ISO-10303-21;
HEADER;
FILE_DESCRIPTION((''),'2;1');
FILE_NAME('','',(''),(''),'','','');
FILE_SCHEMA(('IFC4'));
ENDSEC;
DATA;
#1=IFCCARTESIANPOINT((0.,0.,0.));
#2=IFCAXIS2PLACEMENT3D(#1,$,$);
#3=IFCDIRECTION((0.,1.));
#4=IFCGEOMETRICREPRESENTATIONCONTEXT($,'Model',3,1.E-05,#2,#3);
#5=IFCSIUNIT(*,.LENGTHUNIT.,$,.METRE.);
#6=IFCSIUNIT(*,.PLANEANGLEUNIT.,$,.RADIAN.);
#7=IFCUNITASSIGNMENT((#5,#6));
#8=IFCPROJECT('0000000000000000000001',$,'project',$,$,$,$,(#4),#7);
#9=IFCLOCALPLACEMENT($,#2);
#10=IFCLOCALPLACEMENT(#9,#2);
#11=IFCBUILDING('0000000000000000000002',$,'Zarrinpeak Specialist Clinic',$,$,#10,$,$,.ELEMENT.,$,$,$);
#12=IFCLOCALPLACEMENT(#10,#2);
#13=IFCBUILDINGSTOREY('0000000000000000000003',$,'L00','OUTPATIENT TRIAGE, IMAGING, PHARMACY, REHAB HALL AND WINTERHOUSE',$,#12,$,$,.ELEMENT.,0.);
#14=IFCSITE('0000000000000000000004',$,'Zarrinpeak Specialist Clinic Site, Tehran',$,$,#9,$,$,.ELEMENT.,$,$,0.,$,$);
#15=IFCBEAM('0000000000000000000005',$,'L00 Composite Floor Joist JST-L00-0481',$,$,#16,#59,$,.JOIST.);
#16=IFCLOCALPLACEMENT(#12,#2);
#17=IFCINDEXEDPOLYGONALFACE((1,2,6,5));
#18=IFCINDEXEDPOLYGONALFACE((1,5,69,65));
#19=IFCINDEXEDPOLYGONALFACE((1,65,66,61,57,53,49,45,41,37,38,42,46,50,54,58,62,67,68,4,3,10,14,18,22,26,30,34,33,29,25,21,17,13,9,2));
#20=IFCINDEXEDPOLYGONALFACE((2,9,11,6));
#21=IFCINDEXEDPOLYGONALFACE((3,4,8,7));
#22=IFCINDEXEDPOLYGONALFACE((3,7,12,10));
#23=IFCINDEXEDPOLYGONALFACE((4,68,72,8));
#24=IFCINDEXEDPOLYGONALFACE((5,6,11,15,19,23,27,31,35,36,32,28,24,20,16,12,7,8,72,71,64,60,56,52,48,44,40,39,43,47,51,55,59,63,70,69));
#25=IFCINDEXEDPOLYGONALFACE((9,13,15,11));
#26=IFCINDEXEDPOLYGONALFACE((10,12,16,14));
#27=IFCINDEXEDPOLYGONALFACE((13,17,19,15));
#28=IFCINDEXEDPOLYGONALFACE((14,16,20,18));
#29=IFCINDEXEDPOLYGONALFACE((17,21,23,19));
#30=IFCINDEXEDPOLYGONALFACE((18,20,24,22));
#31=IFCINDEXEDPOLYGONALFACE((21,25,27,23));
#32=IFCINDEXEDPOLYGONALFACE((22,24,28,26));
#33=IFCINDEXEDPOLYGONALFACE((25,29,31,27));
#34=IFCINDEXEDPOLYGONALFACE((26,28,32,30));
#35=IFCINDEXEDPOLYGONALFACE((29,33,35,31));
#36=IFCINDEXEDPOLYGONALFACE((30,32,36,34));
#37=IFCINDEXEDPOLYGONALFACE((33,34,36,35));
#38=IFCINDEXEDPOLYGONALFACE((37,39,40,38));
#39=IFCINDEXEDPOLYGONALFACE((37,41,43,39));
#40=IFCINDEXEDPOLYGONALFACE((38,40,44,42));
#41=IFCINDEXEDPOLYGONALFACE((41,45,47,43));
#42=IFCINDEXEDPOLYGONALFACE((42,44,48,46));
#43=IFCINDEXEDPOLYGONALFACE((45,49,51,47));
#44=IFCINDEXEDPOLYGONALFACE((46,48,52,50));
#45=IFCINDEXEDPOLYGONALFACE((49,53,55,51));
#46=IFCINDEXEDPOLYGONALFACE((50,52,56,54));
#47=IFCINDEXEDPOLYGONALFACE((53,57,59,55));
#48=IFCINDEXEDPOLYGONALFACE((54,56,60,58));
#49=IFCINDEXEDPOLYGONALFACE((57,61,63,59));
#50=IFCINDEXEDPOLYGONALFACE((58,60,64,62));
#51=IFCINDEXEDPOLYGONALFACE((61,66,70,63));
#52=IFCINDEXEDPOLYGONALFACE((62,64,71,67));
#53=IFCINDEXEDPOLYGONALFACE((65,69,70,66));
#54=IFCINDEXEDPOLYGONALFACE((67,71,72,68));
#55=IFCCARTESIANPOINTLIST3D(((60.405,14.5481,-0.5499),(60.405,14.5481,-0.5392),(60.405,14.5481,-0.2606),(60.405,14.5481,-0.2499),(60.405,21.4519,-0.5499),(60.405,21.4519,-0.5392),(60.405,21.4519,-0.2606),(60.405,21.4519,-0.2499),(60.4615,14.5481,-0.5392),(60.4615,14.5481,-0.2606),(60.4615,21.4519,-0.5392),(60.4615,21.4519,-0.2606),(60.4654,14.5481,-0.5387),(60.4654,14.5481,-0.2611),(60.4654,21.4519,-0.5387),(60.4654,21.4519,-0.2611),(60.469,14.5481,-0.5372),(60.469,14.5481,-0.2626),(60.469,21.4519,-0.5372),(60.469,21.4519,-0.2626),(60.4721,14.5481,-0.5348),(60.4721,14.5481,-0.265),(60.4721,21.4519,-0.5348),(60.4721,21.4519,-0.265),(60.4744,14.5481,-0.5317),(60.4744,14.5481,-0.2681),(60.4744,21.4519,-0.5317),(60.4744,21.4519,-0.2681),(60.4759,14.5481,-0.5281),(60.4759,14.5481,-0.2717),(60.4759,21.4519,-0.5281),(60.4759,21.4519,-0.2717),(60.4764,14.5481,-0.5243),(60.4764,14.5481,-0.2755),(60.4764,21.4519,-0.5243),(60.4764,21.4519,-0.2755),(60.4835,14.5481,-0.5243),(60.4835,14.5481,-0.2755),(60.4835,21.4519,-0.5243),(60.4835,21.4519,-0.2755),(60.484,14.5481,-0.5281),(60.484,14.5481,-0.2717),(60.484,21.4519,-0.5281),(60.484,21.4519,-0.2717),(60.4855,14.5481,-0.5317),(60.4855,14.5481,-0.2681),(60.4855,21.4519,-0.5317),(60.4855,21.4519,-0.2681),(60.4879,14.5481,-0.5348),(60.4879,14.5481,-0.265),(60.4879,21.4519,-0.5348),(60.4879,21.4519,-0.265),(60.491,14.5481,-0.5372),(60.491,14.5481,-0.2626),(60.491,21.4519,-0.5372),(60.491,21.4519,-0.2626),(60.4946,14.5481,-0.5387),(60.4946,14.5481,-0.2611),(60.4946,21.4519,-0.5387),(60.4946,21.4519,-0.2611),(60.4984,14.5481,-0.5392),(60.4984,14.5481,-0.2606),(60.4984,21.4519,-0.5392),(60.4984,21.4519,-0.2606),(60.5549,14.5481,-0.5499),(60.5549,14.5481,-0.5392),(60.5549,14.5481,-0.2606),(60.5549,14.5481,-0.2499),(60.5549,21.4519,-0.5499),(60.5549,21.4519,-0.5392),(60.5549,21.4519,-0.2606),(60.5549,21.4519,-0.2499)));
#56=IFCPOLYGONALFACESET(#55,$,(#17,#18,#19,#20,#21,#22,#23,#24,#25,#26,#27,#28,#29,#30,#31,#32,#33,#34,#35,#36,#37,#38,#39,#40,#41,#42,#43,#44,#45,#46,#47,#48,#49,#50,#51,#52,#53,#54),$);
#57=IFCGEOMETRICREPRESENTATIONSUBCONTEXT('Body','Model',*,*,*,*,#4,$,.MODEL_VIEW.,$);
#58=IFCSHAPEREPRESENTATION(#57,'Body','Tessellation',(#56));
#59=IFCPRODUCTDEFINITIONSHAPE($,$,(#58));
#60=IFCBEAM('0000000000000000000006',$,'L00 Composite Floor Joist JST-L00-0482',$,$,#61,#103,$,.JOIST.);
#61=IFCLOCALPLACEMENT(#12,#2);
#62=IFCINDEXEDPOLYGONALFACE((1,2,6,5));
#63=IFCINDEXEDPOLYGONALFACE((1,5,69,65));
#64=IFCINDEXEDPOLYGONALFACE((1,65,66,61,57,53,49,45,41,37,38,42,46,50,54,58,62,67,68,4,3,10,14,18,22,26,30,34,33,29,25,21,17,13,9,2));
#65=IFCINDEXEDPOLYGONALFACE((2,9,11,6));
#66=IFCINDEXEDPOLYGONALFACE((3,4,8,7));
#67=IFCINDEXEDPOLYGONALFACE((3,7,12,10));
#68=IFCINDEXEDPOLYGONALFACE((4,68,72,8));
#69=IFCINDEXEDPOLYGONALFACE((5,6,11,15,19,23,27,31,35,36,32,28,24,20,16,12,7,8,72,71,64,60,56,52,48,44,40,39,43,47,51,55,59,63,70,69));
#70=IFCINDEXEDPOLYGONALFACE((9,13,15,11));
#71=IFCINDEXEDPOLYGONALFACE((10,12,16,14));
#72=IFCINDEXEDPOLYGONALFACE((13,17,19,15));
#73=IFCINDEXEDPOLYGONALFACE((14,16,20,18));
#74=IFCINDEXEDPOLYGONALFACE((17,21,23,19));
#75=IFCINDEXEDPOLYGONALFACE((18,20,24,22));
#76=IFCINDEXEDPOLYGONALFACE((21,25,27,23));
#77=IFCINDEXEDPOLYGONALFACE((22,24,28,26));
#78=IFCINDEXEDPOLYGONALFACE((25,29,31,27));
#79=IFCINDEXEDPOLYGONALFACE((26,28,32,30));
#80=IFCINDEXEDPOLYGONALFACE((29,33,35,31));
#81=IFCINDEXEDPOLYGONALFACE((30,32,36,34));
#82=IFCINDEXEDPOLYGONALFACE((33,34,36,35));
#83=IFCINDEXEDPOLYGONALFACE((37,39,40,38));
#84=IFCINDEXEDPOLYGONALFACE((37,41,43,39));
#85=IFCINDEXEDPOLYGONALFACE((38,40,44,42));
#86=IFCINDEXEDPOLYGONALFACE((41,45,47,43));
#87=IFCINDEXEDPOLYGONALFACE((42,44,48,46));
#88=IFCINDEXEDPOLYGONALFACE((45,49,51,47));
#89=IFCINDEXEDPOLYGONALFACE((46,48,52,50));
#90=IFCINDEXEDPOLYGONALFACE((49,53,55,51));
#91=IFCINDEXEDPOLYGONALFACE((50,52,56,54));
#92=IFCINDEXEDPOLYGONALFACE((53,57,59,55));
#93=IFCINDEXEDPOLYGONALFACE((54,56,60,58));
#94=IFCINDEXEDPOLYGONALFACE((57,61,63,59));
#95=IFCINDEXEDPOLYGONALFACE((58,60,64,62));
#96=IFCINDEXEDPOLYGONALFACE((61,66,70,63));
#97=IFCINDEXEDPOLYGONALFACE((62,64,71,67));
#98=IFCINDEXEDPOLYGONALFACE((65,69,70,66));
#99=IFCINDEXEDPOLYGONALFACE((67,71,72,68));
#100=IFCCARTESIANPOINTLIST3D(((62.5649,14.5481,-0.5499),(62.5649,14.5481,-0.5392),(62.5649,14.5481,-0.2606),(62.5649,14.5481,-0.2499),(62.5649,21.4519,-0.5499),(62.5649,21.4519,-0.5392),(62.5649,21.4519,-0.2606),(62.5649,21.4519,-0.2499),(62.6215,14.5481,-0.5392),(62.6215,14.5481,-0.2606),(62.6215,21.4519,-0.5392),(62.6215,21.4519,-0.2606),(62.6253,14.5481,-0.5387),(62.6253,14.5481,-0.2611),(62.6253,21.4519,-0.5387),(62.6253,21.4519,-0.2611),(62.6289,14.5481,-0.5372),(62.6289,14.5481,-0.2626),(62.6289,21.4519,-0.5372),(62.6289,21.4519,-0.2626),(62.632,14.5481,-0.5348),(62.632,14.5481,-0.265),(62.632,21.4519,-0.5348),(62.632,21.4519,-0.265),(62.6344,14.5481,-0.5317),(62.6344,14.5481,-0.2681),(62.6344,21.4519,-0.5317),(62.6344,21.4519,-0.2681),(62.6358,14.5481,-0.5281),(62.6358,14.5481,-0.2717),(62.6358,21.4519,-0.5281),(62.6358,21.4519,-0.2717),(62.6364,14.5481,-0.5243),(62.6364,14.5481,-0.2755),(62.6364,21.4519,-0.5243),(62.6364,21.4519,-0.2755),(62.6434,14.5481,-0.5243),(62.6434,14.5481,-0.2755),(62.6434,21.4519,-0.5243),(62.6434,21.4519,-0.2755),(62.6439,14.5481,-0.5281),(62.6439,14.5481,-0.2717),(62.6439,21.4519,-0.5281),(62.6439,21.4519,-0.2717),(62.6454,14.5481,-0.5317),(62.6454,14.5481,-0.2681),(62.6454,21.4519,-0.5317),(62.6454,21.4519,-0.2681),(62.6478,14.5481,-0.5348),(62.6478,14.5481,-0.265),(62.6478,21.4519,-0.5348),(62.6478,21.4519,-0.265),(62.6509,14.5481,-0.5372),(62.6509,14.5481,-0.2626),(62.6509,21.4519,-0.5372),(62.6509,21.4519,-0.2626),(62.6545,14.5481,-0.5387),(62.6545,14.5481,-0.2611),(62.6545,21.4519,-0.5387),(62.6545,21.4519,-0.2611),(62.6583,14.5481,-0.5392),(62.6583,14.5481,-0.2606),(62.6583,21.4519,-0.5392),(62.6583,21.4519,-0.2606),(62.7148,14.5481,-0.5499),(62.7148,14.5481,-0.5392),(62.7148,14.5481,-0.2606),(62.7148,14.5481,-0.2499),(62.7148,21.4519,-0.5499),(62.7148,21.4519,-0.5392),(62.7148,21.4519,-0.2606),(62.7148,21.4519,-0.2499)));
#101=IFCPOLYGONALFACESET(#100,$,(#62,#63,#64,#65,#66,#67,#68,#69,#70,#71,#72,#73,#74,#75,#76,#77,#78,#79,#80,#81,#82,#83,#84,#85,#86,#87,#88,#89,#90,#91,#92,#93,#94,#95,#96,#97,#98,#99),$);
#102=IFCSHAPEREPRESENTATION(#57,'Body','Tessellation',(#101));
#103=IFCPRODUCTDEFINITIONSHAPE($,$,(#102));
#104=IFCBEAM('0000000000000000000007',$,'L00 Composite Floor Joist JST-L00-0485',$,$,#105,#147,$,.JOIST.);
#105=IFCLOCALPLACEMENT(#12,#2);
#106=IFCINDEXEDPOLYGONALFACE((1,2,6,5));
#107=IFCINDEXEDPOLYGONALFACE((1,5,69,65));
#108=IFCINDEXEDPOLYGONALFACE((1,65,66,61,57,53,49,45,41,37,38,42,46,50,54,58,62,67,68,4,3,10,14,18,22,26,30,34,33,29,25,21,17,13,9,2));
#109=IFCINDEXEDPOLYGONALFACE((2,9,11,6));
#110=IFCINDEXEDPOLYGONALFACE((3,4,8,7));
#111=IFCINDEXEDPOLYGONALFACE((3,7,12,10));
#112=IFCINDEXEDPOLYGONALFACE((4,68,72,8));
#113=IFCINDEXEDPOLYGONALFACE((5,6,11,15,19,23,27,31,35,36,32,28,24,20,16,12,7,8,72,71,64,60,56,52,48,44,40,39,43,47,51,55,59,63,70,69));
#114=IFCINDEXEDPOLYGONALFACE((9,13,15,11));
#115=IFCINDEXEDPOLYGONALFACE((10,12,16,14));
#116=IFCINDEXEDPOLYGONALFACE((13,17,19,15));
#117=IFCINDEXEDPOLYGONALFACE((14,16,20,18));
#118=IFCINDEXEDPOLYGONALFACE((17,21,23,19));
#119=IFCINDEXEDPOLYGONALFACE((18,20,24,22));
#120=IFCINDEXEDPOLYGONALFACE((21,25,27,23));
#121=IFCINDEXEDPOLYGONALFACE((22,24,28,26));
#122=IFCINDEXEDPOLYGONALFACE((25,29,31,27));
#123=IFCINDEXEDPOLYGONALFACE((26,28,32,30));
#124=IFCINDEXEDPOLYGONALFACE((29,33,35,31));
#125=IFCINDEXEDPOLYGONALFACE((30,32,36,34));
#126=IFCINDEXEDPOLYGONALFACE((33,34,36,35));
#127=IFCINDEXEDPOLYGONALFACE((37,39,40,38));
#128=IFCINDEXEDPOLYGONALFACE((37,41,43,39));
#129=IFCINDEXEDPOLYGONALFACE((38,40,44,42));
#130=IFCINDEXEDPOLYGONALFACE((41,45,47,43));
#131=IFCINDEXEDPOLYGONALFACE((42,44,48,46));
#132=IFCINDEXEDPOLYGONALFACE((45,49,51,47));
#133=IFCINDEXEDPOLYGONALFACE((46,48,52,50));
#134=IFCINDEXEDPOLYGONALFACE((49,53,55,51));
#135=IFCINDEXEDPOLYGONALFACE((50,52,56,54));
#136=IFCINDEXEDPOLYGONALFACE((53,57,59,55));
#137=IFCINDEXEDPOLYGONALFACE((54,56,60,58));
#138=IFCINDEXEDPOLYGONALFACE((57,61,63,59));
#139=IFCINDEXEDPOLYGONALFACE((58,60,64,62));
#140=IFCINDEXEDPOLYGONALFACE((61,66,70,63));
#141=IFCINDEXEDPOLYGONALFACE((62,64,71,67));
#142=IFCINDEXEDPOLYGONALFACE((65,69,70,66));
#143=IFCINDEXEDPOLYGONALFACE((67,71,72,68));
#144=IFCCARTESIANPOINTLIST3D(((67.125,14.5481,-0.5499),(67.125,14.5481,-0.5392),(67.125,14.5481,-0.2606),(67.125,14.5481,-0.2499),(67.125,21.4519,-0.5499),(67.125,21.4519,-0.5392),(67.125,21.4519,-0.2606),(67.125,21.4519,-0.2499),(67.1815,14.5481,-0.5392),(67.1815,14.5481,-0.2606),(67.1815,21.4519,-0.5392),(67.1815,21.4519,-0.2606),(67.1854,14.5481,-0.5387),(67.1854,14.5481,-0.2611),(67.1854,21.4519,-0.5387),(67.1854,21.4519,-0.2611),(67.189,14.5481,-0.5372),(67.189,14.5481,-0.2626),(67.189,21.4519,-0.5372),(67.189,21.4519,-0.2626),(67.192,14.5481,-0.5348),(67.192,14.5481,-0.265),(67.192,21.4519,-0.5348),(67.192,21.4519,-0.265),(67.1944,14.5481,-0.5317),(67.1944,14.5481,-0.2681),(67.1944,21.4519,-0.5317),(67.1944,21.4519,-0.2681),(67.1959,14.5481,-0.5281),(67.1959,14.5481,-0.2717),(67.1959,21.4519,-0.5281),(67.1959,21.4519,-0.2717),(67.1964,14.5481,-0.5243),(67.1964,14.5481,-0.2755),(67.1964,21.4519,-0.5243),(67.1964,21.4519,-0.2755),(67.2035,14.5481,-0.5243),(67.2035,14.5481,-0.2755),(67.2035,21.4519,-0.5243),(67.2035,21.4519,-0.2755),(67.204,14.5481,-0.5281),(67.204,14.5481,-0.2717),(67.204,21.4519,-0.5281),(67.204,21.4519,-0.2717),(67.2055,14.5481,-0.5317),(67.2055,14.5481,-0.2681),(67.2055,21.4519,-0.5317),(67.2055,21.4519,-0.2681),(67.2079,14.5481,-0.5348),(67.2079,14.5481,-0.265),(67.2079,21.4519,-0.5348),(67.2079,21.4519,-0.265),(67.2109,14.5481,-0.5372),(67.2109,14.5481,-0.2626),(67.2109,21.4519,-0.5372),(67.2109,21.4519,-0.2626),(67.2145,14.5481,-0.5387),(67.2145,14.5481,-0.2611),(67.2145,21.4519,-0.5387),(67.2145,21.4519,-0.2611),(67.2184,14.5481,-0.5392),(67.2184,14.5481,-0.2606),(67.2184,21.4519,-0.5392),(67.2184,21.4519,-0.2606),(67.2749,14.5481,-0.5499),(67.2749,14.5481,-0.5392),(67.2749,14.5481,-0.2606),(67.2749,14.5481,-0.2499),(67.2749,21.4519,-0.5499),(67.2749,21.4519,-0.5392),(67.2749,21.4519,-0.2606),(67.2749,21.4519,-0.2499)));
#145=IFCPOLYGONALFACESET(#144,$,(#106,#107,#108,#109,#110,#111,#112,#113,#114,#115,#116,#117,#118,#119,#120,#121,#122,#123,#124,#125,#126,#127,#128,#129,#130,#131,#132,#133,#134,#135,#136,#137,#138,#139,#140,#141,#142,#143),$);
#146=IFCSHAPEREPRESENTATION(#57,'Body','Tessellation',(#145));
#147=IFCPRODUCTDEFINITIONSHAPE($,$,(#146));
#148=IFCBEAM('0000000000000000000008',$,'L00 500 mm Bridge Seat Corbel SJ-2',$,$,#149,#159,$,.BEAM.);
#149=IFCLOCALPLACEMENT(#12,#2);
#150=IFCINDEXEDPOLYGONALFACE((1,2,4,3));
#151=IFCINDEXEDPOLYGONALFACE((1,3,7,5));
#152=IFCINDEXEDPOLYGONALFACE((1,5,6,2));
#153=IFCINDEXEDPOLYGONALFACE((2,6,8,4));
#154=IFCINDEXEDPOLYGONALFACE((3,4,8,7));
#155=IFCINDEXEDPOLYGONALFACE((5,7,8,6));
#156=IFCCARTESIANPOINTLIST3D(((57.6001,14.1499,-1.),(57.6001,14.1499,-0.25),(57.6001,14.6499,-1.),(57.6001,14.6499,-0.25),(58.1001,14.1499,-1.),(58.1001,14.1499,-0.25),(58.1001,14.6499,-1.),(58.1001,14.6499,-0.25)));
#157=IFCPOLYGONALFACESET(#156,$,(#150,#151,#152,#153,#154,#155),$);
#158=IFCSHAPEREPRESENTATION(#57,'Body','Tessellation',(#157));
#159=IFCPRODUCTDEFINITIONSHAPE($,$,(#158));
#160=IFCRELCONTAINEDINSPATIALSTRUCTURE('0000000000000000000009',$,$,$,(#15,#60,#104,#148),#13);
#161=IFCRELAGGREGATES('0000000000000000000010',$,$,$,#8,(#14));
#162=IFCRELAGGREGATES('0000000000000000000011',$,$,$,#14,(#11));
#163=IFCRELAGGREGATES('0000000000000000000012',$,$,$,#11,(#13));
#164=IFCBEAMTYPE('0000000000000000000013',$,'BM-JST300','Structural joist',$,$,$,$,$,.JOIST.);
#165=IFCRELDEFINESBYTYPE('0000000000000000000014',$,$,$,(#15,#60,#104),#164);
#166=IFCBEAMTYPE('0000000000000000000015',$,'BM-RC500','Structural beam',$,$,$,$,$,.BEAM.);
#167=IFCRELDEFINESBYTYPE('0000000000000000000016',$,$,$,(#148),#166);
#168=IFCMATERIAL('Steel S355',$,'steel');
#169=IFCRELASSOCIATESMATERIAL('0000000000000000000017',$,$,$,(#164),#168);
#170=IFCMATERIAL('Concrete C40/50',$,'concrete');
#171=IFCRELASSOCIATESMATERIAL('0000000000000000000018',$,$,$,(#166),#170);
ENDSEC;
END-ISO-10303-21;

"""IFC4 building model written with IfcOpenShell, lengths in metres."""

from ifc_helpers import new_model, si_unit, direction, frame, origin, origin_2d, place, context, subcontext, project, spatial, rectangle, i_section, extrude, material, material_profile, profile_set, type_object, element, save


model = new_model("IFC4")

# Units and contexts
model_context = context("Model", 3, precision=1e-05, world=origin(), true_north=direction((0.0, 1.0)))
body_context = subcontext(model_context, "Body", "Model", "MODEL_VIEW")
ifc_project = project(units=[si_unit("LENGTHUNIT", "METRE"), si_unit("PLANEANGLEUNIT", "RADIAN")], contexts=[model_context])

# Site, building, storey
site_placement = place(None, origin())
site = spatial("IfcSite", under=ifc_project, at=site_placement, Name="Zarrinpeak Specialist Clinic Site, Tehran", CompositionType="ELEMENT", RefElevation=0.0)
building_placement = place(site_placement, origin())
building = spatial("IfcBuilding", under=site, at=building_placement, Name="Zarrinpeak Specialist Clinic", CompositionType="ELEMENT")
storey_placement = place(building_placement, origin())
storey = spatial("IfcBuildingStorey", under=building, at=storey_placement, Name="L00", Description="OUTPATIENT TRIAGE, IMAGING, PHARMACY, REHAB HALL AND WINTERHOUSE", CompositionType="ELEMENT", Elevation=0.0)

# Shared definitions
ifc_material_1 = material(Name="Steel S355", Category="steel")

# Beams
ifc_material_profile_1 = material_profile(ifc_material_1, i_section(OverallWidth=0.1499, OverallDepth=0.3, WebThickness=0.0071, FlangeThickness=0.0107, FilletRadius=0.0149, at=origin_2d()), Name="IPE 300")
ifc_profile_set_1 = profile_set([ifc_material_profile_1], Name="Steel S355")
beam_type_1 = type_object("IfcBeamType", Name="BM-JST300", Description="Structural joist", PredefinedType="JOIST", material=ifc_profile_set_1)
for number, where, z_axis, x_axis, name in (
    (1, (60.48, 14.5481, -0.3999), (0.0, 1.0, 0.0), (-1.0, 0.0, 0.0), "L00 Composite Floor Joist JST-L00-0481"),
    (2, (62.6399, 14.5481, -0.3999), (0.0, 1.0, 0.0), (-1.0, 0.0, 0.0), "L00 Composite Floor Joist JST-L00-0482"),
    (3, (67.2, 14.5481, -0.3999), (0.0, 1.0, 0.0), (-1.0, 0.0, 0.0), "L00 Composite Floor Joist JST-L00-0485"),
):
    element("IfcBeam", number, at=place(storey_placement, frame(where, z_axis=z_axis, x_axis=x_axis)), inside=storey, type_object=beam_type_1, Name=name, PredefinedType="JOIST", context=body_context, shape_type="SweptSolid", body=[
        extrude(i_section(OverallWidth=0.1499, OverallDepth=0.3, WebThickness=0.0071, FlangeThickness=0.0107, FilletRadius=0.0149, at=origin_2d()), origin(), (0.0, 0.0, 1.0), 6.9038),
    ])
ifc_material_2 = material(Name="Concrete C40/50", Category="concrete")
ifc_material_profile_2 = material_profile(ifc_material_2, rectangle(XDim=0.5, YDim=0.75, at=origin_2d()), Name="RC 500x750")
ifc_profile_set_2 = profile_set([ifc_material_profile_2], Name="Concrete C40/50")
beam_type_2 = type_object("IfcBeamType", Name="BM-RC500", Description="Structural beam", PredefinedType="BEAM", material=ifc_profile_set_2)
beam_1_placement = place(storey_placement, frame((57.6001, 14.3999, -0.625), z_axis=(1.0, 0.0, 0.0), x_axis=(0.0, 1.0, 0.0)))
element("IfcBeam", 4, at=beam_1_placement, inside=storey, type_object=beam_type_2, Name="L00 500 mm Bridge Seat Corbel SJ-2", PredefinedType="BEAM", context=body_context, shape_type="SweptSolid", body=[
    extrude(rectangle(XDim=0.5, YDim=0.75, at=origin_2d()), origin(), (0.0, 0.0, 1.0), 0.5),
])

save(model, "model.ifc")
